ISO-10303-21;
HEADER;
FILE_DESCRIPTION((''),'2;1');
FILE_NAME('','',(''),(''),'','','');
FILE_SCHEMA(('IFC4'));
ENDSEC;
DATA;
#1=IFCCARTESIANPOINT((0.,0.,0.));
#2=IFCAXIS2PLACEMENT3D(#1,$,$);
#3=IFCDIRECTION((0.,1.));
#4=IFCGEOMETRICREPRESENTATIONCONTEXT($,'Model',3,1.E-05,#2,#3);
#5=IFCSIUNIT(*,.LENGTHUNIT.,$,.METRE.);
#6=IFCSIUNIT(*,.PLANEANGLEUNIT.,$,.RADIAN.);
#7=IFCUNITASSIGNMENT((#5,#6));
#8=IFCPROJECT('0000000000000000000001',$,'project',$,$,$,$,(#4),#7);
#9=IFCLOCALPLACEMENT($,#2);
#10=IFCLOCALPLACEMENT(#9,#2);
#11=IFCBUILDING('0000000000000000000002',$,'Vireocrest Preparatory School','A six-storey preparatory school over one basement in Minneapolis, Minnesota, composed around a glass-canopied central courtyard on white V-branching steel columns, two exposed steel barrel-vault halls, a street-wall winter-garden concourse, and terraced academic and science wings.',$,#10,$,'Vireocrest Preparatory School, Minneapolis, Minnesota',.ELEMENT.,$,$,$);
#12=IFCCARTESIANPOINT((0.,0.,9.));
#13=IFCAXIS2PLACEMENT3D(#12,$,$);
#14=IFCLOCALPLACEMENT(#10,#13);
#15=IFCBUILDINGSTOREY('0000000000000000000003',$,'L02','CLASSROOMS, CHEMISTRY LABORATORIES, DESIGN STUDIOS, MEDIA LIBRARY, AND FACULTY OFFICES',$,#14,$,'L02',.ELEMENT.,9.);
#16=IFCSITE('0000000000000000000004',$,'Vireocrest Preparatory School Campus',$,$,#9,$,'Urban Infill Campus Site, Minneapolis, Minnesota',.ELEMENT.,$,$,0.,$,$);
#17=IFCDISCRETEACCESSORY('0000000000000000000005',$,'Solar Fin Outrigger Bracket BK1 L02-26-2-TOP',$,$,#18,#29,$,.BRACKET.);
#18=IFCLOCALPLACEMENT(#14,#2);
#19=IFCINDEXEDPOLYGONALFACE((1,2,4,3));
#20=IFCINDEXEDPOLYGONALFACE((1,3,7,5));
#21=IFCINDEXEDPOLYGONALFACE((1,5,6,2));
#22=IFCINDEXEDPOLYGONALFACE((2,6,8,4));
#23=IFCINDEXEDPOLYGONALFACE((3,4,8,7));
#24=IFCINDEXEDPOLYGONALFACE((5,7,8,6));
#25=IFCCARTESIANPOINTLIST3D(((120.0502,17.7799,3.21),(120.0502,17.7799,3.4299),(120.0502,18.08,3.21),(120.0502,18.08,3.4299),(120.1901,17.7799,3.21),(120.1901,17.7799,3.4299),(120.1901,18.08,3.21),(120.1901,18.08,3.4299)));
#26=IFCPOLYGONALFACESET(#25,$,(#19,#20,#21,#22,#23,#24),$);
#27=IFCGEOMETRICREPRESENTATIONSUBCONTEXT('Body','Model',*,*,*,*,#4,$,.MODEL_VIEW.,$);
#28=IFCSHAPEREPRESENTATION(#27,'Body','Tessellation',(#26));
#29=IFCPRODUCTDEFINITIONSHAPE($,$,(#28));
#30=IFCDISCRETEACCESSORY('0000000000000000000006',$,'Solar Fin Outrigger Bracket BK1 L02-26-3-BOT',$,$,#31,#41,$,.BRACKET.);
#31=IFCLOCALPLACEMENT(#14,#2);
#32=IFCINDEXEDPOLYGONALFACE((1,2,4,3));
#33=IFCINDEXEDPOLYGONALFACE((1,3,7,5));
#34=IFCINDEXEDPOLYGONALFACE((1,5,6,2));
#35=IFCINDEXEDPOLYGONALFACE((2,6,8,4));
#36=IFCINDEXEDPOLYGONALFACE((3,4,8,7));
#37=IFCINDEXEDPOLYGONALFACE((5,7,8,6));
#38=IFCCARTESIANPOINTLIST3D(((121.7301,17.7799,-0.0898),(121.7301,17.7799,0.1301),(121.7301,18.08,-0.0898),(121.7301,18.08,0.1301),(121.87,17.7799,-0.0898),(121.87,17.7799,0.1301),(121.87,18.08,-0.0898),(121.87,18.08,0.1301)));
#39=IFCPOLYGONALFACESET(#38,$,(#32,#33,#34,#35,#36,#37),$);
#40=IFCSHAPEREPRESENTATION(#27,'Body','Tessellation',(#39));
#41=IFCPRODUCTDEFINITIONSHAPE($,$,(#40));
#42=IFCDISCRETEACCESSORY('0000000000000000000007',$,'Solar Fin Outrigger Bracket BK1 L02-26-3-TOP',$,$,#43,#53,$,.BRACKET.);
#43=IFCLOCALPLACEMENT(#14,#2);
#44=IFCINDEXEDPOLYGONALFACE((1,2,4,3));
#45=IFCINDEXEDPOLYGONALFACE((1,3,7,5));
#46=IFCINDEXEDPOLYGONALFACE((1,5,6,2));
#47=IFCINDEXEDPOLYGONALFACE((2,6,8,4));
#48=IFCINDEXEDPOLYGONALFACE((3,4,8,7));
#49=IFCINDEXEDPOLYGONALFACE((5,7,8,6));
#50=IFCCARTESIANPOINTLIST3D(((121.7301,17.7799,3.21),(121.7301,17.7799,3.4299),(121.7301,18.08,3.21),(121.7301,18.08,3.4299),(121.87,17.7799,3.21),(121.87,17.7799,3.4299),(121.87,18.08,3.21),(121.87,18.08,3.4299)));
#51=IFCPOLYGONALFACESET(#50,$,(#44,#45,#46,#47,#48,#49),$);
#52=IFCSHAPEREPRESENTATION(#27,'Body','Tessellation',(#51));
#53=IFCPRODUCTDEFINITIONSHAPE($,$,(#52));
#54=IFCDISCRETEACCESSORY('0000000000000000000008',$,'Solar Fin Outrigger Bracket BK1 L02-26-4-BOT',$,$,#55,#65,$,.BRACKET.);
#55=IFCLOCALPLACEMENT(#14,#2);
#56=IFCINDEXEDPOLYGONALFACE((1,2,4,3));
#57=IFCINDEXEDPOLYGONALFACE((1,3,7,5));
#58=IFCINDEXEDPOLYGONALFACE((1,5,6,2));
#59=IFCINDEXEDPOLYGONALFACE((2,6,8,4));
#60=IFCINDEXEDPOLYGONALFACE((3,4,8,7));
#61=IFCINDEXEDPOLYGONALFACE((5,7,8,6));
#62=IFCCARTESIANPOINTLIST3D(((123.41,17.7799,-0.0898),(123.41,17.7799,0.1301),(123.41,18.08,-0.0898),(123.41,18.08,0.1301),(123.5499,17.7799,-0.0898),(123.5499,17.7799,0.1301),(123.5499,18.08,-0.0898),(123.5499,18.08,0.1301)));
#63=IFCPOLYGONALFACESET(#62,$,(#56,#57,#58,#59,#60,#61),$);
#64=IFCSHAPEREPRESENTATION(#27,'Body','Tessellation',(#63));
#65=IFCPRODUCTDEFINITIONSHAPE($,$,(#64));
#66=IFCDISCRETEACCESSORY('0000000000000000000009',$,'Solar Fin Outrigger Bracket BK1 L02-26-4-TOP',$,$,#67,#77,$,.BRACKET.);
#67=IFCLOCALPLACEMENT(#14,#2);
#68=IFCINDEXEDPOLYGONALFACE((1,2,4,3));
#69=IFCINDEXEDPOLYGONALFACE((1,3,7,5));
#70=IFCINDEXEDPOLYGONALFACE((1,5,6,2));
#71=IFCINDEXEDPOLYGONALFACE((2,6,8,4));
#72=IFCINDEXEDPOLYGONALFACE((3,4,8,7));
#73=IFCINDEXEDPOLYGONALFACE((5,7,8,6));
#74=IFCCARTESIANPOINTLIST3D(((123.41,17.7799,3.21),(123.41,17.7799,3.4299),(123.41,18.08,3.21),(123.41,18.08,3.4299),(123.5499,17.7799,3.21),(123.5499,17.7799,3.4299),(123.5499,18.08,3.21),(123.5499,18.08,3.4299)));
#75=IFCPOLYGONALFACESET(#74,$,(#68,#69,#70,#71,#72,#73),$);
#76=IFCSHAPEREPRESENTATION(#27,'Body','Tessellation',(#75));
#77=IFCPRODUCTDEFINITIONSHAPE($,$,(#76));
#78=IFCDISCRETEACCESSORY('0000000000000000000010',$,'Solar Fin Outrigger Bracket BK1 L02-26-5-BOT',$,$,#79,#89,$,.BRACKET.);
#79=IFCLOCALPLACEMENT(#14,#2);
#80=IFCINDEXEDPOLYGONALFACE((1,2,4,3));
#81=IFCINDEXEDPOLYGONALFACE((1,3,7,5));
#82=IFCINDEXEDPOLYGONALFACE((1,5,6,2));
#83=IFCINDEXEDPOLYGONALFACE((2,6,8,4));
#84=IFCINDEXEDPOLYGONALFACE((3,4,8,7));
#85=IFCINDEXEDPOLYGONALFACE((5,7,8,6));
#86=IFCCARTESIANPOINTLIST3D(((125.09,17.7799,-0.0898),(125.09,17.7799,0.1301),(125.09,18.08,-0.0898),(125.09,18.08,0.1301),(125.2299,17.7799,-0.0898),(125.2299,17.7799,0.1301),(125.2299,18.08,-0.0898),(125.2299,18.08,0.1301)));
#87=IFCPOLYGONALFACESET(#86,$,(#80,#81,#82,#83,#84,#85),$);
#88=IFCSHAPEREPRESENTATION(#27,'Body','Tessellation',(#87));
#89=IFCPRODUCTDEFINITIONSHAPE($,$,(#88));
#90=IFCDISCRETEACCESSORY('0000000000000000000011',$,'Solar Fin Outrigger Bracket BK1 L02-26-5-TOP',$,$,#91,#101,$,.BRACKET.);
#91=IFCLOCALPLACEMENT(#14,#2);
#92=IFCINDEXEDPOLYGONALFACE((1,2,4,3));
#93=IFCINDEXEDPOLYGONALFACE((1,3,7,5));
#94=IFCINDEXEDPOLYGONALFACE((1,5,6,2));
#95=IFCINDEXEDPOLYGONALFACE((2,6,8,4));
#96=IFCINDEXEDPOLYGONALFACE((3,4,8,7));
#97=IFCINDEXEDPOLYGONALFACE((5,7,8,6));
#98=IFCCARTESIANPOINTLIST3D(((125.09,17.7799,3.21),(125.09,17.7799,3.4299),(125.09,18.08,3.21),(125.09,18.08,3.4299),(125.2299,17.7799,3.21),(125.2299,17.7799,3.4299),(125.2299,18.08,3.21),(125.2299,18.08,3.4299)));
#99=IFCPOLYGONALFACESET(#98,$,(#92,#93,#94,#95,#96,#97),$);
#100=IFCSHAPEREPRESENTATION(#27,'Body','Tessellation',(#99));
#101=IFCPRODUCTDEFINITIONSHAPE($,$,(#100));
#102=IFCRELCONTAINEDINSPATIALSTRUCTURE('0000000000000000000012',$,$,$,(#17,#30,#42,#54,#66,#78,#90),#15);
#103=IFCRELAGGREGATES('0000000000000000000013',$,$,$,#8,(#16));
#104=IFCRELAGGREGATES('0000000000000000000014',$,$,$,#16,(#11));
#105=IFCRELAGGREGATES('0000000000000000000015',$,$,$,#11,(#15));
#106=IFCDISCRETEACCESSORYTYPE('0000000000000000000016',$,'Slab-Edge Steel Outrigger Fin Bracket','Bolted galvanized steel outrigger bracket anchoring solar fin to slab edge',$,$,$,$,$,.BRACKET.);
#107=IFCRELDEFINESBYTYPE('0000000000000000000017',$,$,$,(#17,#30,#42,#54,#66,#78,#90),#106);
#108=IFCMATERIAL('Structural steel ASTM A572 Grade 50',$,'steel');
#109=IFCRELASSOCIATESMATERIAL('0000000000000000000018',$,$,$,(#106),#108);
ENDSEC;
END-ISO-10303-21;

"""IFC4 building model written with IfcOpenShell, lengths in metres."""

from ifc_helpers import new_model, si_unit, direction, frame, origin, origin_2d, place, context, subcontext, project, spatial, rectangle, extrude, material, type_object, element, save


model = new_model("IFC4")

# Units and contexts
model_context = context("Model", 3, precision=1e-05, world=origin(), true_north=direction((0.0, 1.0)))
body_context = subcontext(model_context, "Body", "Model", "MODEL_VIEW")
ifc_project = project(units=[si_unit("LENGTHUNIT", "METRE"), si_unit("PLANEANGLEUNIT", "RADIAN")], contexts=[model_context])

# Site, building, storey
site_placement = place(None, origin())
site = spatial("IfcSite", under=ifc_project, at=site_placement, Name="Vireocrest Preparatory School Campus", LongName="Urban Infill Campus Site, Minneapolis, Minnesota", CompositionType="ELEMENT", RefElevation=0.0)
building_placement = place(site_placement, origin())
building = spatial("IfcBuilding", under=site, at=building_placement, Name="Vireocrest Preparatory School", Description="A six-storey preparatory school over one basement in Minneapolis, Minnesota, composed around a glass-canopied central courtyard on white V-branching steel columns, two exposed steel barrel-vault halls, a street-wall winter-garden concourse, and terraced academic and science wings.", LongName="Vireocrest Preparatory School, Minneapolis, Minnesota", CompositionType="ELEMENT")
storey_placement = place(building_placement, frame((0.0, 0.0, 9.0)))
storey = spatial("IfcBuildingStorey", under=building, at=storey_placement, Name="L02", Description="CLASSROOMS, CHEMISTRY LABORATORIES, DESIGN STUDIOS, MEDIA LIBRARY, AND FACULTY OFFICES", LongName="L02", CompositionType="ELEMENT", Elevation=9.0)

# Discrete accessories
ifc_material_1 = material(Name="Structural steel ASTM A572 Grade 50", Category="steel")
discrete_accessory_type = type_object("IfcDiscreteAccessoryType", Name="Slab-Edge Steel Outrigger Fin Bracket", Description="Bolted galvanized steel outrigger bracket anchoring solar fin to slab edge", PredefinedType="BRACKET", material=ifc_material_1)
for number, where, z_axis, x_axis, name in (
    (1, (120.1201, 17.9299, 3.21), (0.0, 0.0, 1.0), (-1.0, 0.0, 0.0), "Solar Fin Outrigger Bracket BK1 L02-26-2-TOP"),
    (2, (121.8, 17.9299, -0.0898), (0.0, 0.0, 1.0), (-1.0, 0.0, 0.0), "Solar Fin Outrigger Bracket BK1 L02-26-3-BOT"),
    (3, (121.8, 17.9299, 3.21), (0.0, 0.0, 1.0), (-1.0, 0.0, 0.0), "Solar Fin Outrigger Bracket BK1 L02-26-3-TOP"),
    (4, (123.48, 17.9299, -0.0898), (0.0, 0.0, 1.0), (-1.0, 0.0, 0.0), "Solar Fin Outrigger Bracket BK1 L02-26-4-BOT"),
    (5, (123.48, 17.9299, 3.21), (0.0, 0.0, 1.0), (-1.0, 0.0, 0.0), "Solar Fin Outrigger Bracket BK1 L02-26-4-TOP"),
    (6, (125.1599, 17.9299, -0.0898), (0.0, 0.0, 1.0), (-1.0, 0.0, 0.0), "Solar Fin Outrigger Bracket BK1 L02-26-5-BOT"),
    (7, (125.1599, 17.9299, 3.21), (0.0, 0.0, 1.0), (-1.0, 0.0, 0.0), "Solar Fin Outrigger Bracket BK1 L02-26-5-TOP"),
):
    element("IfcDiscreteAccessory", number, at=place(storey_placement, frame(where, z_axis=z_axis, x_axis=x_axis)), inside=storey, type_object=discrete_accessory_type, Name=name, PredefinedType="BRACKET", context=body_context, shape_type="SweptSolid", body=[
        extrude(rectangle(XDim=0.1399, YDim=0.3, at=origin_2d()), origin(), (0.0, 0.0, 1.0), 0.22),
    ])

save(model, "model.ifc")
